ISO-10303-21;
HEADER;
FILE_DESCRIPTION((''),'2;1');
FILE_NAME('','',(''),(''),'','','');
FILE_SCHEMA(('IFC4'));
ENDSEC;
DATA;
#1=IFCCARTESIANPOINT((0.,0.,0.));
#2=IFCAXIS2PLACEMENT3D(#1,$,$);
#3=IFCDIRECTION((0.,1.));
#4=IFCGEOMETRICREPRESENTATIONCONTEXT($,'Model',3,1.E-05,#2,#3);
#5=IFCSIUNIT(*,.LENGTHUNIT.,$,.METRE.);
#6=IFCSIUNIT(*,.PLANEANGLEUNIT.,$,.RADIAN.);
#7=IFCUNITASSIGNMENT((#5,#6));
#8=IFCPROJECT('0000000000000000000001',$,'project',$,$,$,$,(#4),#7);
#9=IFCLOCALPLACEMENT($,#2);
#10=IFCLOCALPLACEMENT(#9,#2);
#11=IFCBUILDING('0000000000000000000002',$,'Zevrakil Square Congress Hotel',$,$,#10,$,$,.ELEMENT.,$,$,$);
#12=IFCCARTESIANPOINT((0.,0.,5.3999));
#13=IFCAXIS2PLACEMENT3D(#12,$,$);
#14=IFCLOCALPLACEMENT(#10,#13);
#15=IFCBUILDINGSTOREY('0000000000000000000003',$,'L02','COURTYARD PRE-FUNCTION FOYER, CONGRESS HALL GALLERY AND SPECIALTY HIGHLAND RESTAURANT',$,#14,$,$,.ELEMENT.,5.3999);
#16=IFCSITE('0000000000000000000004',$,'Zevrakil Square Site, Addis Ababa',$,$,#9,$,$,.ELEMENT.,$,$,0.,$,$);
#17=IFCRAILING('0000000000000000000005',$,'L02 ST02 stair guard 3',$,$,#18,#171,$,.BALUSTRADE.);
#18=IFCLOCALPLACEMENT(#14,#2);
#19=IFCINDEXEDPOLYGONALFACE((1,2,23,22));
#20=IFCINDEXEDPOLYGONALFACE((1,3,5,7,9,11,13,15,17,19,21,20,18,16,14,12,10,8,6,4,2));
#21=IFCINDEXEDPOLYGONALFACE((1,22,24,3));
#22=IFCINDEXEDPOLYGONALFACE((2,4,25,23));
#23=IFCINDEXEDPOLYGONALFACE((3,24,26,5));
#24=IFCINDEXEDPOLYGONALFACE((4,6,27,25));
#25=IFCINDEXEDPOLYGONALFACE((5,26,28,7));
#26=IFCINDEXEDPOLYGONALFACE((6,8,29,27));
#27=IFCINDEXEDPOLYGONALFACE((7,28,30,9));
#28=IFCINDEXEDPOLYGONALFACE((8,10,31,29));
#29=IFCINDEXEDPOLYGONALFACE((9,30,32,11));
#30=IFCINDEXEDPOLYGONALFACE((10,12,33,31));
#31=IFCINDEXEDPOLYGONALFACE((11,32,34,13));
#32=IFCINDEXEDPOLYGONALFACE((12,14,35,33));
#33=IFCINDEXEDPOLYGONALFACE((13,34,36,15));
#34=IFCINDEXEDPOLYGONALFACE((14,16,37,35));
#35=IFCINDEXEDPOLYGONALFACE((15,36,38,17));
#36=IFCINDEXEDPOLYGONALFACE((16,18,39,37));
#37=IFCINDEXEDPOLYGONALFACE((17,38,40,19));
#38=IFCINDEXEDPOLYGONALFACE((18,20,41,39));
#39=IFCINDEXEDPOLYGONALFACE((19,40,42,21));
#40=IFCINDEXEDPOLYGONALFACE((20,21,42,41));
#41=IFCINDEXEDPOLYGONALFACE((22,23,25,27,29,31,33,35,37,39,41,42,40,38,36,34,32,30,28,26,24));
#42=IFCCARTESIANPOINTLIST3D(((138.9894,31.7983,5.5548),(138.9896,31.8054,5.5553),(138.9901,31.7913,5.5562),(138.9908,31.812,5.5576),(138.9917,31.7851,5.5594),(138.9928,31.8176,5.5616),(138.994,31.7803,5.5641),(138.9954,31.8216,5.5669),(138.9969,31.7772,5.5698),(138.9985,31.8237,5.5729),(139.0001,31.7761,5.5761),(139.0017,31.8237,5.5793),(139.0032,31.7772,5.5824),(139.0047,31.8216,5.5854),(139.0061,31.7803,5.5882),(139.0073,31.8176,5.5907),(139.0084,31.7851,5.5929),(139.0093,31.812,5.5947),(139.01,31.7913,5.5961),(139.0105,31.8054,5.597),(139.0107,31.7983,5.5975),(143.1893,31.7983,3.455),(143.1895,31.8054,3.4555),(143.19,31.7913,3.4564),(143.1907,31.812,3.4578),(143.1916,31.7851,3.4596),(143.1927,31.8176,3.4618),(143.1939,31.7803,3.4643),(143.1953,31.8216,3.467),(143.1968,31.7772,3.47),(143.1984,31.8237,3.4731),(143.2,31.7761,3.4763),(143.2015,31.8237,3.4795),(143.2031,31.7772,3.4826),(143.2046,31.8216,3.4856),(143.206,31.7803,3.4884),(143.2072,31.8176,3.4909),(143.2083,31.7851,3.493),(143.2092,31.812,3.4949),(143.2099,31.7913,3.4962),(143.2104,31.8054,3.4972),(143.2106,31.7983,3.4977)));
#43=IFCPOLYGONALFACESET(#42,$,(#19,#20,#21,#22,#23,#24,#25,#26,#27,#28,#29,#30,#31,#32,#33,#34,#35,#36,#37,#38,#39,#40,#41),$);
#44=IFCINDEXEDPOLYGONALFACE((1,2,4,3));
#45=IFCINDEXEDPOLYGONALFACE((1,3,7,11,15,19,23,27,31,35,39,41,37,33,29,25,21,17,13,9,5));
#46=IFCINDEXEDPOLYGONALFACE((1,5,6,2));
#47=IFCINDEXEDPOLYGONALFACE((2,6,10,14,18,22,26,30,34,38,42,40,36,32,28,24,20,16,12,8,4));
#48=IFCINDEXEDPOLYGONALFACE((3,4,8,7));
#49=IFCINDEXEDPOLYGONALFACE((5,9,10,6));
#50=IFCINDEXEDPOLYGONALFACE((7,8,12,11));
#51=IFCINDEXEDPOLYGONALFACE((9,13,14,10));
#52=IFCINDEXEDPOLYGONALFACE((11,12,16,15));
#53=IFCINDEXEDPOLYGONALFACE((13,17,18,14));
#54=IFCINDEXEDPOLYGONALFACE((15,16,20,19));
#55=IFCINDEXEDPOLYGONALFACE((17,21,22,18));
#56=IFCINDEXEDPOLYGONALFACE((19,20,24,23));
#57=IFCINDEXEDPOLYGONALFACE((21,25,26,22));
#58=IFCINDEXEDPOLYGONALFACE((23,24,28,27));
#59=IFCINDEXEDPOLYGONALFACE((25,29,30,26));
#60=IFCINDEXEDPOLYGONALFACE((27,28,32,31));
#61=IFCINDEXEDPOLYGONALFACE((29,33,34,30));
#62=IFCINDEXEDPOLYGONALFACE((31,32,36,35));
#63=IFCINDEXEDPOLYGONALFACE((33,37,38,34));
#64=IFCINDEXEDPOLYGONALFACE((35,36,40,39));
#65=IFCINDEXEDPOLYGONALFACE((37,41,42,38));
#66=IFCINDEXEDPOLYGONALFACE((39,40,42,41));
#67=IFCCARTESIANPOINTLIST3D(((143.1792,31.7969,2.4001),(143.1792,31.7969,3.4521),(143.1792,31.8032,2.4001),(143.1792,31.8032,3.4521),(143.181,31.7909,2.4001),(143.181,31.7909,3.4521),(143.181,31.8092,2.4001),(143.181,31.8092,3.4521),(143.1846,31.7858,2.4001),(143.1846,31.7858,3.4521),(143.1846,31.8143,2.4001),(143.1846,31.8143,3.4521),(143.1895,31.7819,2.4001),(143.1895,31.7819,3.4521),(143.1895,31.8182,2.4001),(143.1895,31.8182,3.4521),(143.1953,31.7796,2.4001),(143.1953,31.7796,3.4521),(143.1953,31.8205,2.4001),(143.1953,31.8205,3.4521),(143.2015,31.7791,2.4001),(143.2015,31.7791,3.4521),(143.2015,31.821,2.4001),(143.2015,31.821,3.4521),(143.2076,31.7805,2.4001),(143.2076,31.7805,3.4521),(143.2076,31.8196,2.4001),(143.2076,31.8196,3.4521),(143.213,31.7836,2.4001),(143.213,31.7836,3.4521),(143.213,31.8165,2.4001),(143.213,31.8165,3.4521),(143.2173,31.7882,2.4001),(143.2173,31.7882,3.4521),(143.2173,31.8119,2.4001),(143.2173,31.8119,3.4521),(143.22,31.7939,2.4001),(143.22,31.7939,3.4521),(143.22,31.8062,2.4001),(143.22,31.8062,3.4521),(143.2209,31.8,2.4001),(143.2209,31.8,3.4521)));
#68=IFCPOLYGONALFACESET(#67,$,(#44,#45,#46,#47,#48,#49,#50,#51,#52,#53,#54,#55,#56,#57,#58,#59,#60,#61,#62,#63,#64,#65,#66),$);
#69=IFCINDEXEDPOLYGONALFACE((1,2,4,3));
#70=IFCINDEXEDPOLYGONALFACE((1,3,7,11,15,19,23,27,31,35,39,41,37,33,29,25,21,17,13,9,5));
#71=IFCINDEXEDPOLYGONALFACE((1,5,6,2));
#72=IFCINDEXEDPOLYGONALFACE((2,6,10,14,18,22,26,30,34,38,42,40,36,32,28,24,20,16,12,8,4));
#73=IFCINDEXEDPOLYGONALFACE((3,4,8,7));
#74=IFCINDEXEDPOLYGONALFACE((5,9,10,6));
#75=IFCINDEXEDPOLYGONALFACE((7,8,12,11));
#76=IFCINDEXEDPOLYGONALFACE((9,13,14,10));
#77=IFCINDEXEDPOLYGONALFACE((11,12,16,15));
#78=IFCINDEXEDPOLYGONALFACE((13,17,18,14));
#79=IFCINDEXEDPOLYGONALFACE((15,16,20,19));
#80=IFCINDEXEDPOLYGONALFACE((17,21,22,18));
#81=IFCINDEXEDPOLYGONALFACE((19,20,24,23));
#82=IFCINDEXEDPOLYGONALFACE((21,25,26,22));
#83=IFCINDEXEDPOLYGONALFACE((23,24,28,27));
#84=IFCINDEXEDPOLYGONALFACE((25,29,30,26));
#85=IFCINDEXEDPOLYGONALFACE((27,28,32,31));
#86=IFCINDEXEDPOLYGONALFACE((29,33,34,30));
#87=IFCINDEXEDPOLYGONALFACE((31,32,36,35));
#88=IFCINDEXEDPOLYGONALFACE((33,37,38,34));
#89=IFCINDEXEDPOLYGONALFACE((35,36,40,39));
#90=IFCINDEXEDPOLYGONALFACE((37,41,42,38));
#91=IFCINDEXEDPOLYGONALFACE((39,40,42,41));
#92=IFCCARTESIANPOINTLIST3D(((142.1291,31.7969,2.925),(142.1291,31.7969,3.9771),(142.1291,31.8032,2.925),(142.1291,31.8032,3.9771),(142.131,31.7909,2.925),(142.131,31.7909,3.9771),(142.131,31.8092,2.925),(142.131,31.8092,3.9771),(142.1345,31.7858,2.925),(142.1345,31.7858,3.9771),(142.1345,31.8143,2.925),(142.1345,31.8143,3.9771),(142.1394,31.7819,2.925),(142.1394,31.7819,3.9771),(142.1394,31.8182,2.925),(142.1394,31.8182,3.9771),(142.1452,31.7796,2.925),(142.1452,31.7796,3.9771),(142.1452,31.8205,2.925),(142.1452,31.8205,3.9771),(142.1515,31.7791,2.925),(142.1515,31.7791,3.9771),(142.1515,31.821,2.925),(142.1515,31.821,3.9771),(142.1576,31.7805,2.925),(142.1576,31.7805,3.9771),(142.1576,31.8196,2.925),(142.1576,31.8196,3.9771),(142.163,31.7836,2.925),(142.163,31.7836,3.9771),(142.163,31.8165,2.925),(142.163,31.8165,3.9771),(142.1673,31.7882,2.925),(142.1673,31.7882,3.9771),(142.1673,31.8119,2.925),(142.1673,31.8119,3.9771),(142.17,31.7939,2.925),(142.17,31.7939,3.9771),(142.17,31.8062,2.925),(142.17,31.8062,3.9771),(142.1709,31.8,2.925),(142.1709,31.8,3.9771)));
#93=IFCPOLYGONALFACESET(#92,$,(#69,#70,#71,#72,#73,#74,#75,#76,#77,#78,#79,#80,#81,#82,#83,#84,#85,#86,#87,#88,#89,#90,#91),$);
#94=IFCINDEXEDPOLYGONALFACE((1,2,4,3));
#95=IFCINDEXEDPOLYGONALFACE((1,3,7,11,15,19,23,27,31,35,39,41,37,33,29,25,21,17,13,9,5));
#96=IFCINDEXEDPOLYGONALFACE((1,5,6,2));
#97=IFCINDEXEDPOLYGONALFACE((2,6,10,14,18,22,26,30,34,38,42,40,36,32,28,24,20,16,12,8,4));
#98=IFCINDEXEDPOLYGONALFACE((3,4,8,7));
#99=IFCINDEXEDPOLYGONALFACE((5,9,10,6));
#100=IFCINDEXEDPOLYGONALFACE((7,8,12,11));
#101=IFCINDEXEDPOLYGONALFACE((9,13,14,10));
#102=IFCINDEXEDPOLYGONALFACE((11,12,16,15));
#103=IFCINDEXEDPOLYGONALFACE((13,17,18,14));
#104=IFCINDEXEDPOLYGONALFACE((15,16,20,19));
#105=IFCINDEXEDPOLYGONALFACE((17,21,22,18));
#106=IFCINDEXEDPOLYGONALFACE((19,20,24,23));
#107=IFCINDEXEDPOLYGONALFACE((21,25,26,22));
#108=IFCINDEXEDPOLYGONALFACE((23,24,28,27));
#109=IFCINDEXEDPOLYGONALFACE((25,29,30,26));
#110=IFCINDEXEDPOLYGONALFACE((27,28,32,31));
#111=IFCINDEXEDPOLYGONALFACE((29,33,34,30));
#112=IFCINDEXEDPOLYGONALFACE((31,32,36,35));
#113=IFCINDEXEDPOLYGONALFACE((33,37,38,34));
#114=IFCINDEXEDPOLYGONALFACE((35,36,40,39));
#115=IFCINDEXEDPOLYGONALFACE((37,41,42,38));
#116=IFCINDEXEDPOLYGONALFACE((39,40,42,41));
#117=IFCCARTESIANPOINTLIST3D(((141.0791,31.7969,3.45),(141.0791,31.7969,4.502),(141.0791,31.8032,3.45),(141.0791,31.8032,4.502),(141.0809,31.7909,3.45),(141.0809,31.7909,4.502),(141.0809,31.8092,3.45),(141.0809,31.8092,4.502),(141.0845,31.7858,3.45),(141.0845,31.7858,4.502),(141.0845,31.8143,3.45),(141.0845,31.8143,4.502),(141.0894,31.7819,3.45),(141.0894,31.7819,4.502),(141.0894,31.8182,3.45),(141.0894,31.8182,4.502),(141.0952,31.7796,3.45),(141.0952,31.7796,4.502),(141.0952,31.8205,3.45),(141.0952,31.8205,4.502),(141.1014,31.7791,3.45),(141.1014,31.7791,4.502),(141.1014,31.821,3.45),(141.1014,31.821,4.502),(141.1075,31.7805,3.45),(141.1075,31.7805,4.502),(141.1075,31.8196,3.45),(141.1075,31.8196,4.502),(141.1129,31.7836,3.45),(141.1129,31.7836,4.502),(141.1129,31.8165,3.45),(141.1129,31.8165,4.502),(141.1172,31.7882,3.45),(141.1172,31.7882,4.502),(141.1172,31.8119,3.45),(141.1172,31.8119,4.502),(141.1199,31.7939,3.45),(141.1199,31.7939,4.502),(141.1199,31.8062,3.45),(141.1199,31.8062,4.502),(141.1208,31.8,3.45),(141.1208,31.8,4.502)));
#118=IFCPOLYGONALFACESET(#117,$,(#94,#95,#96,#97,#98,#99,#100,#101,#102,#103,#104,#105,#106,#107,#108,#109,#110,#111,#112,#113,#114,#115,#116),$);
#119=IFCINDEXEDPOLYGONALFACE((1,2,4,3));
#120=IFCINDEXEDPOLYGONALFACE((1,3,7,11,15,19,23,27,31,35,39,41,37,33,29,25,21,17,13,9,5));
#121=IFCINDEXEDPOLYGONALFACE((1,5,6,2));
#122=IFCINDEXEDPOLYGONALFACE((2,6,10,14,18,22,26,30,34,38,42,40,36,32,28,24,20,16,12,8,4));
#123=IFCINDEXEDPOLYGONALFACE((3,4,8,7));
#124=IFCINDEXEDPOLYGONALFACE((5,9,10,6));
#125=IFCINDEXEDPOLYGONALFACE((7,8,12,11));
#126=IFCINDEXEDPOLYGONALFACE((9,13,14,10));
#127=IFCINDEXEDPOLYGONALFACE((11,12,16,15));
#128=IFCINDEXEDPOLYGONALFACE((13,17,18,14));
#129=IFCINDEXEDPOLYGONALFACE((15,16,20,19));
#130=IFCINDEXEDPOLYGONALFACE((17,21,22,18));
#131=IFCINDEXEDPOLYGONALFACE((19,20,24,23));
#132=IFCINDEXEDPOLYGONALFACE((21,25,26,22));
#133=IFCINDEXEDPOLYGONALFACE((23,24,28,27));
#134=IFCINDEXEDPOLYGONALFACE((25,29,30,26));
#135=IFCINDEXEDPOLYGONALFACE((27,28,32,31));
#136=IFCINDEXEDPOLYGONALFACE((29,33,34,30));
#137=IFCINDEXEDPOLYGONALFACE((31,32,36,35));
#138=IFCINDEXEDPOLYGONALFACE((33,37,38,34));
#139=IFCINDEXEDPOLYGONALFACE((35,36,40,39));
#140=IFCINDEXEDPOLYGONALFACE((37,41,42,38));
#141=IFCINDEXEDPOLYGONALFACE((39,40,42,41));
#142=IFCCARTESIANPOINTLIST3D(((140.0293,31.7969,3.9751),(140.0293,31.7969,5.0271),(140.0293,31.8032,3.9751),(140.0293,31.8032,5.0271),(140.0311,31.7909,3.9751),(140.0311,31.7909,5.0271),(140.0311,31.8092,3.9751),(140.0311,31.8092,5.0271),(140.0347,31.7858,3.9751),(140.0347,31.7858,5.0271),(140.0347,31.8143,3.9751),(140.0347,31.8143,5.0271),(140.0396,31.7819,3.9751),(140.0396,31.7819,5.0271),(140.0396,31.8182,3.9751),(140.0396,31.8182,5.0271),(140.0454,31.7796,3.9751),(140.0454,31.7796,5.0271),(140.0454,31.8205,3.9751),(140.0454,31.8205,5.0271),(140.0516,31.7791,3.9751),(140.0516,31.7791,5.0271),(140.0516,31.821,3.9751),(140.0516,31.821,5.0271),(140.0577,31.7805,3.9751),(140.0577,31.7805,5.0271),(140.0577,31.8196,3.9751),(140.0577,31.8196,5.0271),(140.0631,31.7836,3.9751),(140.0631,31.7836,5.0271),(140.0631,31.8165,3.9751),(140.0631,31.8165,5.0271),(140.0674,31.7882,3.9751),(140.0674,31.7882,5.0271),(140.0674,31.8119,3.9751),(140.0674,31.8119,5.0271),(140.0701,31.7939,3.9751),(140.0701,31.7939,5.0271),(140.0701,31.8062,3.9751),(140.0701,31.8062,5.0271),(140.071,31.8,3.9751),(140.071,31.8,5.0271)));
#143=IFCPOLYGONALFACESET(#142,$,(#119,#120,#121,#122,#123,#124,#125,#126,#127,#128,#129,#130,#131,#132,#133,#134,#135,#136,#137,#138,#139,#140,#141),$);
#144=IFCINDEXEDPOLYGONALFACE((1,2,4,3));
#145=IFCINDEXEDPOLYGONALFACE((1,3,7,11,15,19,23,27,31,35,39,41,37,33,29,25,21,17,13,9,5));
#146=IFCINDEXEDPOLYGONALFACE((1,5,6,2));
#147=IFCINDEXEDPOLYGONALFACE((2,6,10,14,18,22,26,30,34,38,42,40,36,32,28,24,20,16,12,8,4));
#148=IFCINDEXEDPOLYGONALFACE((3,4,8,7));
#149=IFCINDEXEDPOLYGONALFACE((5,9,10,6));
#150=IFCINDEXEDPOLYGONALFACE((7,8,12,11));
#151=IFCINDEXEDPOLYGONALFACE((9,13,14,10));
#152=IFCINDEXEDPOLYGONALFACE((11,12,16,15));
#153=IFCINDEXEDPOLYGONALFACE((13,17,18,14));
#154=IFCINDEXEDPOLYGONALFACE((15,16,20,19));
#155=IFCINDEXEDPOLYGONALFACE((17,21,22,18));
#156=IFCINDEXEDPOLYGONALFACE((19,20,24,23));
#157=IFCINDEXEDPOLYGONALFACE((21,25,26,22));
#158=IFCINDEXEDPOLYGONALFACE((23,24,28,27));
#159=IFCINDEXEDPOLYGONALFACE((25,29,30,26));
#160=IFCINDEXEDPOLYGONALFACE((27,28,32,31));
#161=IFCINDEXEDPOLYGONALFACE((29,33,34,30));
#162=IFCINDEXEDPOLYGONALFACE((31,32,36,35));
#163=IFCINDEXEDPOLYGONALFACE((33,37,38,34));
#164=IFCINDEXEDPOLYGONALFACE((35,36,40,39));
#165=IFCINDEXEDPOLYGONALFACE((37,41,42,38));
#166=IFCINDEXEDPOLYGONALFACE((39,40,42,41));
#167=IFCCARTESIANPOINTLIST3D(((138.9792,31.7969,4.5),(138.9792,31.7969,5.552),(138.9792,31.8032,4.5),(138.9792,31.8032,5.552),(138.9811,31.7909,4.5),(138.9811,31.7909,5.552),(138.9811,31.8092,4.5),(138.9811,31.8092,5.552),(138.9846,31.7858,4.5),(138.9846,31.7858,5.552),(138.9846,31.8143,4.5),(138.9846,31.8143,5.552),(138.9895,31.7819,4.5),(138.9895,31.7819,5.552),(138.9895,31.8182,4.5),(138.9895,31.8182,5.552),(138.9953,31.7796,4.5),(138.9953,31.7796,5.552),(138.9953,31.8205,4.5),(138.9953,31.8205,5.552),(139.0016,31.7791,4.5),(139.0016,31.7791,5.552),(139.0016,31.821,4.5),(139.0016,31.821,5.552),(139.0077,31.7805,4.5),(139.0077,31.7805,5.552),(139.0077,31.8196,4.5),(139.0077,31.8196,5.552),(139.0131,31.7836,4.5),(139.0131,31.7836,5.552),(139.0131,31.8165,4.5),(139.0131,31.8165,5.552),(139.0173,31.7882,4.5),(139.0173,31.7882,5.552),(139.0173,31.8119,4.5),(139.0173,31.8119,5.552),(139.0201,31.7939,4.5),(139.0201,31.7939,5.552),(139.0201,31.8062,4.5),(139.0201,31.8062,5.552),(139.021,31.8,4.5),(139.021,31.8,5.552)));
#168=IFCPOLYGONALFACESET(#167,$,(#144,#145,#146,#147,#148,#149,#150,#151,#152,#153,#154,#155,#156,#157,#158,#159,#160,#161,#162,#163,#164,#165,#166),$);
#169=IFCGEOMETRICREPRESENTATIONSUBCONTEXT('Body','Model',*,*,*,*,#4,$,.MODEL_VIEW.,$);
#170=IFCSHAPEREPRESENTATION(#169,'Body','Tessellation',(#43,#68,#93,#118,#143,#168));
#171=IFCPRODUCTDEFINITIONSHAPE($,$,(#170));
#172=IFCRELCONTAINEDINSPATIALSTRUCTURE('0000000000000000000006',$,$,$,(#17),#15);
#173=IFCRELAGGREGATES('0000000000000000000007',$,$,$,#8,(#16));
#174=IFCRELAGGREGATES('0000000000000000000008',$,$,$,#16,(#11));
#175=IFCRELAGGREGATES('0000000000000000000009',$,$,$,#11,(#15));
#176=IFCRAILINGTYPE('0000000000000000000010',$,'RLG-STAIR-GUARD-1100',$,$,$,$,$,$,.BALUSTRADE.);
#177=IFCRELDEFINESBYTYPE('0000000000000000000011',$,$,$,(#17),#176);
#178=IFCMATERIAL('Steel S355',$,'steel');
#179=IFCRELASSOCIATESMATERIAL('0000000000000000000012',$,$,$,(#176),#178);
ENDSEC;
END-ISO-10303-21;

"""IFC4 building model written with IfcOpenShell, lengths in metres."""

from ifc_helpers import new_model, si_unit, direction, frame, origin, origin_2d, place, context, subcontext, project, spatial, circle, extrude, material, type_object, element, save


model = new_model("IFC4")

# Units and contexts
model_context = context("Model", 3, precision=1e-05, world=origin(), true_north=direction((0.0, 1.0)))
body_context = subcontext(model_context, "Body", "Model", "MODEL_VIEW")
ifc_project = project(units=[si_unit("LENGTHUNIT", "METRE"), si_unit("PLANEANGLEUNIT", "RADIAN")], contexts=[model_context])

# Site, building, storey
site_placement = place(None, origin())
site = spatial("IfcSite", under=ifc_project, at=site_placement, Name="Zevrakil Square Site, Addis Ababa", CompositionType="ELEMENT", RefElevation=0.0)
building_placement = place(site_placement, origin())
building = spatial("IfcBuilding", under=site, at=building_placement, Name="Zevrakil Square Congress Hotel", CompositionType="ELEMENT")
storey_placement = place(building_placement, frame((0.0, 0.0, 5.3999)))
storey = spatial("IfcBuildingStorey", under=building, at=storey_placement, Name="L02", Description="COURTYARD PRE-FUNCTION FOYER, CONGRESS HALL GALLERY AND SPECIALTY HIGHLAND RESTAURANT", CompositionType="ELEMENT", Elevation=5.3999)

# Railing
ifc_material_1 = material(Name="Steel S355", Category="steel")
railing_type_1 = type_object("IfcRailingType", Name="RLG-STAIR-GUARD-1100", PredefinedType="BALUSTRADE", material=ifc_material_1)
railing_1_placement = place(storey_placement, frame((143.2, 31.8, 2.4001)))
element("IfcRailing", 1, at=railing_1_placement, inside=storey, type_object=railing_type_1, Name="L02 ST02 stair guard 3", PredefinedType="BALUSTRADE", context=body_context, shape_type="SweptSolid", body=[
    extrude(circle(Radius=0.0239, at=origin_2d()), frame((0.0, 0.0, 1.0762), z_axis=(-0.894438, 0.0, 0.447193), x_axis=(0.0, -1.0, 0.0)), (0.0, 0.0, 1.0), 4.6956),
    extrude(circle(Radius=0.021, at=origin_2d()), origin(), (0.0, 0.0, 1.0), 1.052),
    extrude(circle(Radius=0.021, at=origin_2d()), frame((-1.05, 0.0, 0.5249)), (0.0, 0.0, 1.0), 1.052),
    extrude(circle(Radius=0.021, at=origin_2d()), frame((-2.1001, 0.0, 1.0498)), (0.0, 0.0, 1.0), 1.052),
    extrude(circle(Radius=0.021, at=origin_2d()), frame((-3.1499, 0.0, 1.575)), (0.0, 0.0, 1.0), 1.052),
    extrude(circle(Radius=0.021, at=origin_2d()), frame((-4.2, 0.0, 2.0999)), (0.0, 0.0, 1.0), 1.052),
])

save(model, "model.ifc")
